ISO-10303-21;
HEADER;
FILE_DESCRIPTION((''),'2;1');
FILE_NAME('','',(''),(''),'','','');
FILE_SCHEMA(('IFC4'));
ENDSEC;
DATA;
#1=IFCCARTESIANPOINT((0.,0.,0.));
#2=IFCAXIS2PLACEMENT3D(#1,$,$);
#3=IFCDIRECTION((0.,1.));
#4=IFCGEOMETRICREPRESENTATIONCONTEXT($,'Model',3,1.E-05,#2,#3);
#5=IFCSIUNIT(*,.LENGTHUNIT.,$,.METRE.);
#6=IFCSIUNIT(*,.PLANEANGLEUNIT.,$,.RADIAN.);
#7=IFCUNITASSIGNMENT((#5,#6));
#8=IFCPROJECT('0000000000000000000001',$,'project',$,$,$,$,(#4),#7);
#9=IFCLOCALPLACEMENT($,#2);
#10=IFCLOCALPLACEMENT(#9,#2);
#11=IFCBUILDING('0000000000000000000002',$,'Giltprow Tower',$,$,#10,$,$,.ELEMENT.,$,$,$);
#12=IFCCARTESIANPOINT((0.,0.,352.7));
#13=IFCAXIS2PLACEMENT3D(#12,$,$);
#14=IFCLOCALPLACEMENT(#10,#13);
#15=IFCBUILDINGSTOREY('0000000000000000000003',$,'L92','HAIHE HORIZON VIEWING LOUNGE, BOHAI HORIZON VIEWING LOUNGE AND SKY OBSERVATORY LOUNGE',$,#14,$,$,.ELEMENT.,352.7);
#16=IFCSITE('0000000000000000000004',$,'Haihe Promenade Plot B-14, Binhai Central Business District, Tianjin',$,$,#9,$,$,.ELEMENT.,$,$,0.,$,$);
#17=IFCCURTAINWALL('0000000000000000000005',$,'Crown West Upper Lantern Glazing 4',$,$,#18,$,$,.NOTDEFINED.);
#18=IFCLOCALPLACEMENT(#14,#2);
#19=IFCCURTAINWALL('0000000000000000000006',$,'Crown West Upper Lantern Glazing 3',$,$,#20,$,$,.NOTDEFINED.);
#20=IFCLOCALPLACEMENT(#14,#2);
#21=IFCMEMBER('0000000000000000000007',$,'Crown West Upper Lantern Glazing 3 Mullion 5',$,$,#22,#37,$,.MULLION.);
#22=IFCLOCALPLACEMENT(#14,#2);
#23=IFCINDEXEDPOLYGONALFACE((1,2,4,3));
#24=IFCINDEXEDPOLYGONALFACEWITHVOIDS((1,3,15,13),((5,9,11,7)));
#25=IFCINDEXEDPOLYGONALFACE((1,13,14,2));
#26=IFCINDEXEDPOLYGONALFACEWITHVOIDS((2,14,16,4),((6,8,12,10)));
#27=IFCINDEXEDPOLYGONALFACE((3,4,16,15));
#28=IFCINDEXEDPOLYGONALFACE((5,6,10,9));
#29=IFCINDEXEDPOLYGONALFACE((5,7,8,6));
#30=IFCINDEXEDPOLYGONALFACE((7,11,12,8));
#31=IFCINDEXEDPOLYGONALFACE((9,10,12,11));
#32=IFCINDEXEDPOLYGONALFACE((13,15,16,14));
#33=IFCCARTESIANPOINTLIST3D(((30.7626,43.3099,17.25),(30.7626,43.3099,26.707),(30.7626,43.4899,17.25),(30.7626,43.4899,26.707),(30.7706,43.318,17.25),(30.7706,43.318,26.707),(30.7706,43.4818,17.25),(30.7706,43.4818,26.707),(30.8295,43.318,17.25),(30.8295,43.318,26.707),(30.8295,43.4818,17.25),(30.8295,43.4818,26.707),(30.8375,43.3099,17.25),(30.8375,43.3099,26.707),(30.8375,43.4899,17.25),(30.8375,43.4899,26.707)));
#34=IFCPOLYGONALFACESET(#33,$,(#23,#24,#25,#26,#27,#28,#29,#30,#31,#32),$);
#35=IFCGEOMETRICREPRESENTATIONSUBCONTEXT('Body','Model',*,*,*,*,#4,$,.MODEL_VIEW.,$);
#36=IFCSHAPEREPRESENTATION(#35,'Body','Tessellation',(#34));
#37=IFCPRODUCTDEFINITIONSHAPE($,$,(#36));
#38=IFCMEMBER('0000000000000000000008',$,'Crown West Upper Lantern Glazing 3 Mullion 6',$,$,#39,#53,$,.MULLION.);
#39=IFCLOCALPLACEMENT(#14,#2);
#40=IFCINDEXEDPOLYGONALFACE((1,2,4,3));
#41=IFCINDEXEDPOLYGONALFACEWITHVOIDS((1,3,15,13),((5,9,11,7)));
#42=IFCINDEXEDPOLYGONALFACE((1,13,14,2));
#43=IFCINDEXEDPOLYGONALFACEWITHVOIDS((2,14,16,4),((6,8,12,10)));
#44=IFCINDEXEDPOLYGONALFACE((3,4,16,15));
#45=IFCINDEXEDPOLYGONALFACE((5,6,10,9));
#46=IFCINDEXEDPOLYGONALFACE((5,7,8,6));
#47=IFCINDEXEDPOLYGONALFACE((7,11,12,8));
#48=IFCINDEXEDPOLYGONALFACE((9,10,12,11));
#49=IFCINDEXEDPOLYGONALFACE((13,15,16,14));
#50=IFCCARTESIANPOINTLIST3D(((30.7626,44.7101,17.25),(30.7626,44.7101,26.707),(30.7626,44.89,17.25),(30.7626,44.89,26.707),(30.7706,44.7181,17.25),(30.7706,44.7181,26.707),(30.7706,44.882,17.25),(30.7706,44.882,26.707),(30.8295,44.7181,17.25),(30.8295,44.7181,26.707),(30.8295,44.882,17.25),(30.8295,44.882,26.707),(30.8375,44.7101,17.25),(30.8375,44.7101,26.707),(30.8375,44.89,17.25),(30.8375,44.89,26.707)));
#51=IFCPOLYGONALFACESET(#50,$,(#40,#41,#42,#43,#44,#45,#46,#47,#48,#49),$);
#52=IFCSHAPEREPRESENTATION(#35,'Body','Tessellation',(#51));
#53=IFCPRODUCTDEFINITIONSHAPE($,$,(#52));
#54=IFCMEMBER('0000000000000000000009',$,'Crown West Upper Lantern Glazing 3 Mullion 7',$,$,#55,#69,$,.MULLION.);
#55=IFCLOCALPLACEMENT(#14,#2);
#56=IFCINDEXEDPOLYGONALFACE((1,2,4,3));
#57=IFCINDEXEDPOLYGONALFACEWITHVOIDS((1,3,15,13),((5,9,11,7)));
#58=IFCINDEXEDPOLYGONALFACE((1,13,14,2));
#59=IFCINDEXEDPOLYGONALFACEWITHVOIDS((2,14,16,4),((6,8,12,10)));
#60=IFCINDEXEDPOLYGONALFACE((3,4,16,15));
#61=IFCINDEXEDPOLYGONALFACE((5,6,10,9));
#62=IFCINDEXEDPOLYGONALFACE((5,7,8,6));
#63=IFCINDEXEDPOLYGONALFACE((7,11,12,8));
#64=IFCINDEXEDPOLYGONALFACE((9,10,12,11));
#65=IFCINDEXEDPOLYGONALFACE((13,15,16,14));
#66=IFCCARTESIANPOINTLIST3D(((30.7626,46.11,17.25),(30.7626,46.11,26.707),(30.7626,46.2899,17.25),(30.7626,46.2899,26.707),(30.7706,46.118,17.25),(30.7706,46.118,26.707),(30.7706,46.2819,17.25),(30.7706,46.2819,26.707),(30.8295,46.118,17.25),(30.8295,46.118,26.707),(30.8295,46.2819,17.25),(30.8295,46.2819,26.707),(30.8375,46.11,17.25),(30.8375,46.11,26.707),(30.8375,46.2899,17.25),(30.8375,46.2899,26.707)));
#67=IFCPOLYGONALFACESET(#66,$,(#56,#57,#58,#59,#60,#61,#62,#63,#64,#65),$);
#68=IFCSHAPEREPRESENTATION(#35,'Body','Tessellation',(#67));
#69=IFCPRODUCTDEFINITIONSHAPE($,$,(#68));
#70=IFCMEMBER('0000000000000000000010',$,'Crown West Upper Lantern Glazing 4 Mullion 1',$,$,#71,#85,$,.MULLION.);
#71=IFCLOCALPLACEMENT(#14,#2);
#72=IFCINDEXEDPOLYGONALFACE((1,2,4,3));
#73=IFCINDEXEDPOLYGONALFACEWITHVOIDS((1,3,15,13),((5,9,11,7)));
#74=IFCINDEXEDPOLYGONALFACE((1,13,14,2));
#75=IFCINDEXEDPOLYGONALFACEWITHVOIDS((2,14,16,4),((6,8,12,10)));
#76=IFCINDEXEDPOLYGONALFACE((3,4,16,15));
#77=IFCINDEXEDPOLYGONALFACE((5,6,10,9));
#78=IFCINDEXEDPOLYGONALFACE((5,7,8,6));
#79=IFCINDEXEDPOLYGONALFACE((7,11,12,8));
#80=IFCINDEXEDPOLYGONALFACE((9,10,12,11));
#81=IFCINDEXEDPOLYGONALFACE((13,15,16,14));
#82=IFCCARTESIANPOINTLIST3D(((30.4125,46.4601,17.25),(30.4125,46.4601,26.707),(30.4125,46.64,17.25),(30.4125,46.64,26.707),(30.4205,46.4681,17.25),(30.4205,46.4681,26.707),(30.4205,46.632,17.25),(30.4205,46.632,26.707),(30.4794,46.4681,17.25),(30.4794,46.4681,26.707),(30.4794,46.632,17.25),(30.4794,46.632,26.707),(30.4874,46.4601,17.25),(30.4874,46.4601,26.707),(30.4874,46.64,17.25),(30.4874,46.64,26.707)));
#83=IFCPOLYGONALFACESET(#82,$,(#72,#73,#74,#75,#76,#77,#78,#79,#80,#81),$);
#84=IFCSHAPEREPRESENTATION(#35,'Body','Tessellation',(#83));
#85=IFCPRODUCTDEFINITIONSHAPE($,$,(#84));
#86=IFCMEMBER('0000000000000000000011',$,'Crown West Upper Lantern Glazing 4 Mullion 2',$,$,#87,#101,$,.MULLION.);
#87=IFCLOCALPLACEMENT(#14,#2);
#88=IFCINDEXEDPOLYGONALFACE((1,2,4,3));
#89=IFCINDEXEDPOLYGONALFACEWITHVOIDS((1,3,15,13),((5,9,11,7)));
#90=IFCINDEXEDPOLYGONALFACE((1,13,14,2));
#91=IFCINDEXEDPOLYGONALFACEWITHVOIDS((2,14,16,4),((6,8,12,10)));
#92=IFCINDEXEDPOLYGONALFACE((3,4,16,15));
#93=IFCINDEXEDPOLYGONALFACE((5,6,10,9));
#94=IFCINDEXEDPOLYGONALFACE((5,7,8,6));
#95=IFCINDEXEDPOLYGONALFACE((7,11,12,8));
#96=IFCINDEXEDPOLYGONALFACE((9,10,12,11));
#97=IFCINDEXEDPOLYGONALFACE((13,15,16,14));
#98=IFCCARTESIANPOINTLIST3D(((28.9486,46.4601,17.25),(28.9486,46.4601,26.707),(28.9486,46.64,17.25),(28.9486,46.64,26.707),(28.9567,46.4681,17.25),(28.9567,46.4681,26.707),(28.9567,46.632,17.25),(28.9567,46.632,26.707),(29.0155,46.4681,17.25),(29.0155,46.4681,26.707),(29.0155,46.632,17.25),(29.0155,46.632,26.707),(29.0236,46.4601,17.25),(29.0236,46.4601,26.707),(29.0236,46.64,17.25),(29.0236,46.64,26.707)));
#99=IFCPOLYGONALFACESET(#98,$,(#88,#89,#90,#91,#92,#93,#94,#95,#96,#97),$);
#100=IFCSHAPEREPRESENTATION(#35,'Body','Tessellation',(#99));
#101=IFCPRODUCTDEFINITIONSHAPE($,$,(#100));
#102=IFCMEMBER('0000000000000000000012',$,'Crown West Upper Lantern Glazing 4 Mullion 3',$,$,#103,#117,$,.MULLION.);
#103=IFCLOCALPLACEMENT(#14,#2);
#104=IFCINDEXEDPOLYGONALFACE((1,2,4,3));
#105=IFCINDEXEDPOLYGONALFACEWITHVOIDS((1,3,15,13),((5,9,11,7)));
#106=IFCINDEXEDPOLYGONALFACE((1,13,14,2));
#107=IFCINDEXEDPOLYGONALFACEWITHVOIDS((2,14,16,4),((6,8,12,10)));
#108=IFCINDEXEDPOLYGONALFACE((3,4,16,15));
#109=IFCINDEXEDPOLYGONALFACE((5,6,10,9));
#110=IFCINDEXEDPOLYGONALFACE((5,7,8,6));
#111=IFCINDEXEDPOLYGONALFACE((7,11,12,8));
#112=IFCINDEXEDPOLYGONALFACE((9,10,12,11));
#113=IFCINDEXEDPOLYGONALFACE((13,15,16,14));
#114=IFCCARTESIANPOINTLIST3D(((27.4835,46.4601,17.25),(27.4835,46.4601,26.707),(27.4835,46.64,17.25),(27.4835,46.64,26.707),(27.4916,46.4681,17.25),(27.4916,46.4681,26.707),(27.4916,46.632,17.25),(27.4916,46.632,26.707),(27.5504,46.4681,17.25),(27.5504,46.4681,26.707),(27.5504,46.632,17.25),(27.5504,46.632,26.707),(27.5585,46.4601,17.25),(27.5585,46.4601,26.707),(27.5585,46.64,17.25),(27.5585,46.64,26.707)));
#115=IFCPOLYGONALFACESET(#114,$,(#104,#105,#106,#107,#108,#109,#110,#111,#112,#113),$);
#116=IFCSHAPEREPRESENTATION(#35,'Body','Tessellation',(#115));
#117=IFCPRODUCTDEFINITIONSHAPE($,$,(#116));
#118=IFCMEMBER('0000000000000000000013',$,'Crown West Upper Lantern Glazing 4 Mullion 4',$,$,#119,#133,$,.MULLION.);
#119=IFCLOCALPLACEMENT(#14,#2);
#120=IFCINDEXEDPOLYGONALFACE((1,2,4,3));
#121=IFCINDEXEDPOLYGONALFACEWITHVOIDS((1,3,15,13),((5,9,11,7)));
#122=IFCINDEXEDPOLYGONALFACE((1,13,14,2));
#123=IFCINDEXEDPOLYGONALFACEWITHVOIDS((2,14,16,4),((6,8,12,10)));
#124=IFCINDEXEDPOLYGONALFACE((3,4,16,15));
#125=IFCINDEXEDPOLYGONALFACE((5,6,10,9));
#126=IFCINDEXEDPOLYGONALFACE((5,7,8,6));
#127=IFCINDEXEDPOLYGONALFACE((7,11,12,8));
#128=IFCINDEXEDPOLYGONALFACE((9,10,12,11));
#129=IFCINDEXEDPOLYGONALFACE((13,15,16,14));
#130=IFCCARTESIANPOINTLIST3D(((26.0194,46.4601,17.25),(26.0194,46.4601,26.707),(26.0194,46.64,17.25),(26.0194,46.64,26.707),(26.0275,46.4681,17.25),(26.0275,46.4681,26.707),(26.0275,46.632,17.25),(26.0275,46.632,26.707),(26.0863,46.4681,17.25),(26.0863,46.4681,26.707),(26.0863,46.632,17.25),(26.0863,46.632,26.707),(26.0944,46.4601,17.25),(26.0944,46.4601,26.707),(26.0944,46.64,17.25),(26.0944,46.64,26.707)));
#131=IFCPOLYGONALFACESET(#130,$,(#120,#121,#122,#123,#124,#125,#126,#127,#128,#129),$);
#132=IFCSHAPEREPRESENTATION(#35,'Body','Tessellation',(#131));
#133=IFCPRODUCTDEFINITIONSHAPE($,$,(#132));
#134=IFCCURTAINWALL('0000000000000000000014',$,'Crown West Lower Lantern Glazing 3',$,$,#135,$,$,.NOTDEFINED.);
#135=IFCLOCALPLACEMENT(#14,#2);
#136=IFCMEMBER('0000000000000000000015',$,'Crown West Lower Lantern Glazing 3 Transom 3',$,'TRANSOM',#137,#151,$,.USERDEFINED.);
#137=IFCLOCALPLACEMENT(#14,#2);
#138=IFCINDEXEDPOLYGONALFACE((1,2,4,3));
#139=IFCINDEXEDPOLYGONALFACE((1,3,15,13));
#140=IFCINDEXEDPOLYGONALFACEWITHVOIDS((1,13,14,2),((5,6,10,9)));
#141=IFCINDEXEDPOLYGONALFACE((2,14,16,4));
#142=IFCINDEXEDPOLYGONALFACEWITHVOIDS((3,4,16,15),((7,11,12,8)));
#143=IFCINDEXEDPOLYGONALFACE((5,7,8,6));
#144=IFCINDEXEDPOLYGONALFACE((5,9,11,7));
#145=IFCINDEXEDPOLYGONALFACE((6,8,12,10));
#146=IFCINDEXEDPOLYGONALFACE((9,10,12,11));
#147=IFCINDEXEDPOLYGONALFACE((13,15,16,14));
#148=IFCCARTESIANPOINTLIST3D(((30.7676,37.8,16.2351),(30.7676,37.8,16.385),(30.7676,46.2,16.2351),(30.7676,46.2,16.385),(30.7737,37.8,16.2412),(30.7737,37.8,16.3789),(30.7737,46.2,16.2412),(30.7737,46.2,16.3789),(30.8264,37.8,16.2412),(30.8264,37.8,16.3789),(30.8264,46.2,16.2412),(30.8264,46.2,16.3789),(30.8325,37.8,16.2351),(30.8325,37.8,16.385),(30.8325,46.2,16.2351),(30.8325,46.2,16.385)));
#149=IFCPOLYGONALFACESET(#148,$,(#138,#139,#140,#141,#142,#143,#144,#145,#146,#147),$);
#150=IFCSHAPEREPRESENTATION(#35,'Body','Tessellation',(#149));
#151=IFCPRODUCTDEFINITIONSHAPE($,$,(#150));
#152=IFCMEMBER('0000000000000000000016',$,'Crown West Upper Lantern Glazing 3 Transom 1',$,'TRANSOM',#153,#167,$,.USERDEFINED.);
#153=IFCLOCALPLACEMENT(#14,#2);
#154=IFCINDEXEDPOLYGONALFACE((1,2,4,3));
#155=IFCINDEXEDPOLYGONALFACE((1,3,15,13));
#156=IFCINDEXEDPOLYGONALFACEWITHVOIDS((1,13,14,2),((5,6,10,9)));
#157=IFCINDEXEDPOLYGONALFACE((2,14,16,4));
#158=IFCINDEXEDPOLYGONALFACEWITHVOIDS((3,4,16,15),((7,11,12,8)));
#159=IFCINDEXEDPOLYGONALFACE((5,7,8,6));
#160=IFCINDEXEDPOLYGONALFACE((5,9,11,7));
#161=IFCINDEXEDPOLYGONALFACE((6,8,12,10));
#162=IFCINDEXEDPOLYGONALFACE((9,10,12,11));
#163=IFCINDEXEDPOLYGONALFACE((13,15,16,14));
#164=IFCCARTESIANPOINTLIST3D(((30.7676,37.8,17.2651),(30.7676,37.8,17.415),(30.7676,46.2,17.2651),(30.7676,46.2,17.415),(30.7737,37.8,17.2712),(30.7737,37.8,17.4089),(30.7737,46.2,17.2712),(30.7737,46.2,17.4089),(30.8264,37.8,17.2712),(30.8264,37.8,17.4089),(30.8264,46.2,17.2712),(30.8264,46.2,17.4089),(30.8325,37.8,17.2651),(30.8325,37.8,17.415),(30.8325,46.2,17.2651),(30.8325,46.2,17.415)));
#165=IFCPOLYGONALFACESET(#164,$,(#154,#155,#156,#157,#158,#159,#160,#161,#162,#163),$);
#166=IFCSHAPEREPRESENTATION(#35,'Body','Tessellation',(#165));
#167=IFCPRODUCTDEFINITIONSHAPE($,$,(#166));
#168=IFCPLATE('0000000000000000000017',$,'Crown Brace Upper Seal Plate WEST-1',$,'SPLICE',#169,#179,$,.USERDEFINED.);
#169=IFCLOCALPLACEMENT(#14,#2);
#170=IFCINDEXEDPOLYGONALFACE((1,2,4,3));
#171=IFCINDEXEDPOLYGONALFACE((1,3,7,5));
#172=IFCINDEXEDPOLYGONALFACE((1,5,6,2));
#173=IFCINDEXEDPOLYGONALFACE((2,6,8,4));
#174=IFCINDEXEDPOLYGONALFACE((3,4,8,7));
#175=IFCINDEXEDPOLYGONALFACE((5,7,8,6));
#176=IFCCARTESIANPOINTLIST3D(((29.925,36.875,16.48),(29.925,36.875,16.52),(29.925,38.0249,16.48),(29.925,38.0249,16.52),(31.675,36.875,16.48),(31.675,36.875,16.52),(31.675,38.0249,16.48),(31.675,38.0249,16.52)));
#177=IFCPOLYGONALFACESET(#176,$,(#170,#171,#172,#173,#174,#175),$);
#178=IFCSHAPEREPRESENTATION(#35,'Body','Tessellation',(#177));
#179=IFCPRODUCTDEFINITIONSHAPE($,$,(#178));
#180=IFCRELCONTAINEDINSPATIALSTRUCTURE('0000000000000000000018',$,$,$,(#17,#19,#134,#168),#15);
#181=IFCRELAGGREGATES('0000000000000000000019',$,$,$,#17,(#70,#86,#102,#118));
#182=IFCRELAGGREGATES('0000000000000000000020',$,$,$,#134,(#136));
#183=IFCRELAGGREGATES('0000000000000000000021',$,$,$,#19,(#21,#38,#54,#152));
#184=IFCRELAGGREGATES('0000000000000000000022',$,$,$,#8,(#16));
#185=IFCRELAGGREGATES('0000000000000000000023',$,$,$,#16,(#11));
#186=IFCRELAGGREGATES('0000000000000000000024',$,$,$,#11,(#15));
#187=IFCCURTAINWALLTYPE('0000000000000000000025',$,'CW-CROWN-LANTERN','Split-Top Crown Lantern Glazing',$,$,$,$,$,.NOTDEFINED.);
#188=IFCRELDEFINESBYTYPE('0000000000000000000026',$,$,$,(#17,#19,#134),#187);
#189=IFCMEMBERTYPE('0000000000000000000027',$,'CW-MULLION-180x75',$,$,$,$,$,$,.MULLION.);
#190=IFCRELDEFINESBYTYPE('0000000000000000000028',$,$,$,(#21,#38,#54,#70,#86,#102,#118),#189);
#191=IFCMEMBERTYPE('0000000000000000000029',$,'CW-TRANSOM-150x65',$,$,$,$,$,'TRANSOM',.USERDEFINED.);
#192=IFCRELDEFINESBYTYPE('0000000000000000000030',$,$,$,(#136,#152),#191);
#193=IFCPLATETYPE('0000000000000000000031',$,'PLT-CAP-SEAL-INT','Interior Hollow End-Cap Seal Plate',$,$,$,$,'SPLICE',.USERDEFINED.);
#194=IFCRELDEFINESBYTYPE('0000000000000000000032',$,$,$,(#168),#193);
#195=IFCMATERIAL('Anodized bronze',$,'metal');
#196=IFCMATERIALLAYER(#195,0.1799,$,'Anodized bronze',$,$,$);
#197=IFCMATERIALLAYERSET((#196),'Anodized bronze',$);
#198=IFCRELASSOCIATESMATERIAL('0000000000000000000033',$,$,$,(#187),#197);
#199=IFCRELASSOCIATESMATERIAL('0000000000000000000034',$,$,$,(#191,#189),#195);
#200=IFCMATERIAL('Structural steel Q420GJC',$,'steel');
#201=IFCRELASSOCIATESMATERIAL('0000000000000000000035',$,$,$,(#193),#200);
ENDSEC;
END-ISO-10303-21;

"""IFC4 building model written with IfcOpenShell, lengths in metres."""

from ifc_helpers import new_model, si_unit, direction, frame, origin, origin_2d, place, context, subcontext, project, spatial, rectangle, hollow_rectangle, extrude, source, transform, mapped, material, layer, layer_set, material_profile, profile_set, type_object, element, aggregate, save


model = new_model("IFC4")

# Units and contexts
model_context = context("Model", 3, precision=1e-05, world=origin(), true_north=direction((0.0, 1.0)))
body_context = subcontext(model_context, "Body", "Model", "MODEL_VIEW")
ifc_project = project(units=[si_unit("LENGTHUNIT", "METRE"), si_unit("PLANEANGLEUNIT", "RADIAN")], contexts=[model_context])

# Site, building, storey
site_placement = place(None, origin())
site = spatial("IfcSite", under=ifc_project, at=site_placement, Name="Haihe Promenade Plot B-14, Binhai Central Business District, Tianjin", CompositionType="ELEMENT", RefElevation=0.0)
building_placement = place(site_placement, origin())
building = spatial("IfcBuilding", under=site, at=building_placement, Name="Giltprow Tower", CompositionType="ELEMENT")
storey_placement = place(building_placement, frame((0.0, 0.0, 352.7)))
storey = spatial("IfcBuildingStorey", under=building, at=storey_placement, Name="L92", Description="HAIHE HORIZON VIEWING LOUNGE, BOHAI HORIZON VIEWING LOUNGE AND SKY OBSERVATORY LOUNGE", CompositionType="ELEMENT", Elevation=352.7)

# Curtain wall
ifc_material_1 = material(Name="Anodized bronze", Category="metal")
ifc_layer = layer(ifc_material_1, 0.1799, Name="Anodized bronze")
ifc_layer_set = layer_set([ifc_layer], Name="Anodized bronze")
curtain_wall_type = type_object("IfcCurtainWallType", Name="CW-CROWN-LANTERN", Description="Split-Top Crown Lantern Glazing", PredefinedType="NOTDEFINED", material=ifc_layer_set)
ifc_material_profile_1 = material_profile(ifc_material_1, hollow_rectangle(XDim=0.0649, YDim=0.1499, WallThickness=0.0061, at=origin_2d()), Name="RHS 150x65x6")
ifc_profile_set_1 = profile_set([ifc_material_profile_1], Name="Anodized bronze")
member_type_1 = type_object("IfcMemberType", Name="CW-TRANSOM-150x65", ElementType="TRANSOM", PredefinedType="USERDEFINED", material=ifc_profile_set_1)
curtain_wall_1_placement = place(storey_placement, origin())
curtain_wall_1 = element("IfcCurtainWall", 1, at=curtain_wall_1_placement, inside=storey, type_object=curtain_wall_type, Name="Crown West Upper Lantern Glazing 4", PredefinedType="NOTDEFINED")
ifc_material_profile_2 = material_profile(ifc_material_1, hollow_rectangle(XDim=0.075, YDim=0.1799, WallThickness=0.0081, at=origin_2d()), Name="RHS 180x75x8")
ifc_profile_set_2 = profile_set([ifc_material_profile_2], Name="Anodized bronze")
member_type_2 = type_object("IfcMemberType", Name="CW-MULLION-180x75", PredefinedType="MULLION", material=ifc_profile_set_2)
shared_shape_1 = source(origin(), body_context, "Body", "SweptSolid", [
    extrude(hollow_rectangle(XDim=0.075, YDim=0.1799, WallThickness=0.0081, at=origin_2d()), origin(), (0.0, 0.0, 1.0), 9.457),
])

# Curtain wall, members
curtain_wall_2_placement = place(storey_placement, origin())
curtain_wall_2 = element("IfcCurtainWall", 2, at=curtain_wall_2_placement, inside=storey, type_object=curtain_wall_type, Name="Crown West Upper Lantern Glazing 3", PredefinedType="NOTDEFINED")
member_1_placement = place(storey_placement, frame((30.8, 43.3999, 17.25), z_axis=(0.0, 0.0, 1.0), x_axis=(1.0, 0.0, 0.0)))
member_1 = element("IfcMember", 3, at=member_1_placement, type_object=member_type_2, Name="Crown West Upper Lantern Glazing 3 Mullion 5", PredefinedType="MULLION", context=body_context, shape_type="MappedRepresentation", body=[
    mapped(shared_shape_1, transform((0.0, 0.0, 0.0), x_axis=(1.0, 0.0, 0.0), y_axis=(0.0, 1.0, 0.0), z_axis=(0.0, 0.0, 1.0), scale=1.0)),
])
member_2_placement = place(storey_placement, frame((30.8, 44.8, 17.25), z_axis=(0.0, 0.0, 1.0), x_axis=(1.0, 0.0, 0.0)))
member_2 = element("IfcMember", 4, at=member_2_placement, type_object=member_type_2, Name="Crown West Upper Lantern Glazing 3 Mullion 6", PredefinedType="MULLION", context=body_context, shape_type="MappedRepresentation", body=[
    mapped(shared_shape_1, transform((0.0, 0.0, 0.0), x_axis=(1.0, 0.0, 0.0), y_axis=(0.0, 1.0, 0.0), z_axis=(0.0, 0.0, 1.0), scale=1.0)),
])
member_3_placement = place(storey_placement, frame((30.8, 46.2, 17.25), z_axis=(0.0, 0.0, 1.0), x_axis=(1.0, 0.0, 0.0)))
member_3 = element("IfcMember", 5, at=member_3_placement, type_object=member_type_2, Name="Crown West Upper Lantern Glazing 3 Mullion 7", PredefinedType="MULLION", context=body_context, shape_type="MappedRepresentation", body=[
    mapped(shared_shape_1, transform((0.0, 0.0, 0.0), x_axis=(1.0, 0.0, 0.0), y_axis=(0.0, 1.0, 0.0), z_axis=(0.0, 0.0, 1.0), scale=1.0)),
])

# Members
member_4_placement = place(storey_placement, frame((30.45, 46.55, 17.25), z_axis=(0.0, 0.0, 1.0), x_axis=(1.0, 0.0, 0.0)))
member_4 = element("IfcMember", 6, at=member_4_placement, type_object=member_type_2, Name="Crown West Upper Lantern Glazing 4 Mullion 1", PredefinedType="MULLION", context=body_context, shape_type="MappedRepresentation", body=[
    mapped(shared_shape_1, transform((0.0, 0.0, 0.0), x_axis=(1.0, 0.0, 0.0), y_axis=(0.0, 1.0, 0.0), z_axis=(0.0, 0.0, 1.0), scale=1.0)),
])
member_5_placement = place(storey_placement, frame((28.9861, 46.55, 17.25), z_axis=(0.0, 0.0, 1.0), x_axis=(1.0, 0.0, 0.0)))
member_5 = element("IfcMember", 7, at=member_5_placement, type_object=member_type_2, Name="Crown West Upper Lantern Glazing 4 Mullion 2", PredefinedType="MULLION", context=body_context, shape_type="MappedRepresentation", body=[
    mapped(shared_shape_1, transform((0.0, 0.0, 0.0), x_axis=(1.0, 0.0, 0.0), y_axis=(0.0, 1.0, 0.0), z_axis=(0.0, 0.0, 1.0), scale=1.0)),
])
member_6_placement = place(storey_placement, frame((27.521, 46.55, 17.25), z_axis=(0.0, 0.0, 1.0), x_axis=(1.0, 0.0, 0.0)))
member_6 = element("IfcMember", 8, at=member_6_placement, type_object=member_type_2, Name="Crown West Upper Lantern Glazing 4 Mullion 3", PredefinedType="MULLION", context=body_context, shape_type="MappedRepresentation", body=[
    mapped(shared_shape_1, transform((0.0, 0.0, 0.0), x_axis=(1.0, 0.0, 0.0), y_axis=(0.0, 1.0, 0.0), z_axis=(0.0, 0.0, 1.0), scale=1.0)),
])
member_7_placement = place(storey_placement, frame((26.0569, 46.55, 17.25), z_axis=(0.0, 0.0, 1.0), x_axis=(1.0, 0.0, 0.0)))
member_7 = element("IfcMember", 9, at=member_7_placement, type_object=member_type_2, Name="Crown West Upper Lantern Glazing 4 Mullion 4", PredefinedType="MULLION", context=body_context, shape_type="MappedRepresentation", body=[
    mapped(shared_shape_1, transform((0.0, 0.0, 0.0), x_axis=(1.0, 0.0, 0.0), y_axis=(0.0, 1.0, 0.0), z_axis=(0.0, 0.0, 1.0), scale=1.0)),
])
aggregate(curtain_wall_1, [member_4, member_5, member_6, member_7])

# Curtain wall, member
curtain_wall_3_placement = place(storey_placement, origin())
curtain_wall_3 = element("IfcCurtainWall", 10, at=curtain_wall_3_placement, inside=storey, type_object=curtain_wall_type, Name="Crown West Lower Lantern Glazing 3", PredefinedType="NOTDEFINED")
shared_shape_2 = source(origin(), body_context, "Body", "SweptSolid", [
    extrude(hollow_rectangle(XDim=0.0649, YDim=0.1499, WallThickness=0.0061, at=origin_2d()), origin(), (0.0, 0.0, 1.0), 8.3999),
])
member_8_placement = place(storey_placement, frame((30.8, 37.8, 16.3101), z_axis=(0.0, 1.0, 0.0), x_axis=(-1.0, 0.0, 0.0)))
member_8 = element("IfcMember", 11, at=member_8_placement, type_object=member_type_1, Name="Crown West Lower Lantern Glazing 3 Transom 3", ObjectType="TRANSOM", PredefinedType="USERDEFINED", context=body_context, shape_type="MappedRepresentation", body=[
    mapped(shared_shape_2, transform((0.0, 0.0, 0.0), x_axis=(1.0, 0.0, 0.0), y_axis=(0.0, 1.0, 0.0), z_axis=(0.0, 0.0, 1.0), scale=1.0)),
])

# Member
member_9_placement = place(storey_placement, frame((30.8, 37.8, 17.3401), z_axis=(0.0, 1.0, 0.0), x_axis=(-1.0, 0.0, 0.0)))
member_9 = element("IfcMember", 12, at=member_9_placement, type_object=member_type_1, Name="Crown West Upper Lantern Glazing 3 Transom 1", ObjectType="TRANSOM", PredefinedType="USERDEFINED", context=body_context, shape_type="MappedRepresentation", body=[
    mapped(shared_shape_2, transform((0.0, 0.0, 0.0), x_axis=(1.0, 0.0, 0.0), y_axis=(0.0, 1.0, 0.0), z_axis=(0.0, 0.0, 1.0), scale=1.0)),
])

# Plate
ifc_material_2 = material(Name="Structural steel Q420GJC", Category="steel")
plate_type_1 = type_object("IfcPlateType", Name="PLT-CAP-SEAL-INT", Description="Interior Hollow End-Cap Seal Plate", ElementType="SPLICE", PredefinedType="USERDEFINED", material=ifc_material_2)
shared_shape_3 = source(origin(), body_context, "Body", "SweptSolid", [
    extrude(rectangle(XDim=1.75, YDim=1.1499, at=origin_2d()), origin(), (0.0, 0.0, 1.0), 0.04),
])
plate_1_placement = place(storey_placement, frame((30.8, 37.45, 16.48), z_axis=(0.0, 0.0, 1.0), x_axis=(1.0, 0.0, 0.0)))
element("IfcPlate", 13, at=plate_1_placement, inside=storey, type_object=plate_type_1, Name="Crown Brace Upper Seal Plate WEST-1", ObjectType="SPLICE", PredefinedType="USERDEFINED", context=body_context, shape_type="MappedRepresentation", body=[
    mapped(shared_shape_3, transform((0.0, 0.0, 0.0), x_axis=(1.0, 0.0, 0.0), y_axis=(0.0, 1.0, 0.0), z_axis=(0.0, 0.0, 1.0), scale=1.0)),
])
aggregate(curtain_wall_3, [member_8])
aggregate(curtain_wall_2, [member_1, member_2, member_3, member_9])

save(model, "model.ifc")
